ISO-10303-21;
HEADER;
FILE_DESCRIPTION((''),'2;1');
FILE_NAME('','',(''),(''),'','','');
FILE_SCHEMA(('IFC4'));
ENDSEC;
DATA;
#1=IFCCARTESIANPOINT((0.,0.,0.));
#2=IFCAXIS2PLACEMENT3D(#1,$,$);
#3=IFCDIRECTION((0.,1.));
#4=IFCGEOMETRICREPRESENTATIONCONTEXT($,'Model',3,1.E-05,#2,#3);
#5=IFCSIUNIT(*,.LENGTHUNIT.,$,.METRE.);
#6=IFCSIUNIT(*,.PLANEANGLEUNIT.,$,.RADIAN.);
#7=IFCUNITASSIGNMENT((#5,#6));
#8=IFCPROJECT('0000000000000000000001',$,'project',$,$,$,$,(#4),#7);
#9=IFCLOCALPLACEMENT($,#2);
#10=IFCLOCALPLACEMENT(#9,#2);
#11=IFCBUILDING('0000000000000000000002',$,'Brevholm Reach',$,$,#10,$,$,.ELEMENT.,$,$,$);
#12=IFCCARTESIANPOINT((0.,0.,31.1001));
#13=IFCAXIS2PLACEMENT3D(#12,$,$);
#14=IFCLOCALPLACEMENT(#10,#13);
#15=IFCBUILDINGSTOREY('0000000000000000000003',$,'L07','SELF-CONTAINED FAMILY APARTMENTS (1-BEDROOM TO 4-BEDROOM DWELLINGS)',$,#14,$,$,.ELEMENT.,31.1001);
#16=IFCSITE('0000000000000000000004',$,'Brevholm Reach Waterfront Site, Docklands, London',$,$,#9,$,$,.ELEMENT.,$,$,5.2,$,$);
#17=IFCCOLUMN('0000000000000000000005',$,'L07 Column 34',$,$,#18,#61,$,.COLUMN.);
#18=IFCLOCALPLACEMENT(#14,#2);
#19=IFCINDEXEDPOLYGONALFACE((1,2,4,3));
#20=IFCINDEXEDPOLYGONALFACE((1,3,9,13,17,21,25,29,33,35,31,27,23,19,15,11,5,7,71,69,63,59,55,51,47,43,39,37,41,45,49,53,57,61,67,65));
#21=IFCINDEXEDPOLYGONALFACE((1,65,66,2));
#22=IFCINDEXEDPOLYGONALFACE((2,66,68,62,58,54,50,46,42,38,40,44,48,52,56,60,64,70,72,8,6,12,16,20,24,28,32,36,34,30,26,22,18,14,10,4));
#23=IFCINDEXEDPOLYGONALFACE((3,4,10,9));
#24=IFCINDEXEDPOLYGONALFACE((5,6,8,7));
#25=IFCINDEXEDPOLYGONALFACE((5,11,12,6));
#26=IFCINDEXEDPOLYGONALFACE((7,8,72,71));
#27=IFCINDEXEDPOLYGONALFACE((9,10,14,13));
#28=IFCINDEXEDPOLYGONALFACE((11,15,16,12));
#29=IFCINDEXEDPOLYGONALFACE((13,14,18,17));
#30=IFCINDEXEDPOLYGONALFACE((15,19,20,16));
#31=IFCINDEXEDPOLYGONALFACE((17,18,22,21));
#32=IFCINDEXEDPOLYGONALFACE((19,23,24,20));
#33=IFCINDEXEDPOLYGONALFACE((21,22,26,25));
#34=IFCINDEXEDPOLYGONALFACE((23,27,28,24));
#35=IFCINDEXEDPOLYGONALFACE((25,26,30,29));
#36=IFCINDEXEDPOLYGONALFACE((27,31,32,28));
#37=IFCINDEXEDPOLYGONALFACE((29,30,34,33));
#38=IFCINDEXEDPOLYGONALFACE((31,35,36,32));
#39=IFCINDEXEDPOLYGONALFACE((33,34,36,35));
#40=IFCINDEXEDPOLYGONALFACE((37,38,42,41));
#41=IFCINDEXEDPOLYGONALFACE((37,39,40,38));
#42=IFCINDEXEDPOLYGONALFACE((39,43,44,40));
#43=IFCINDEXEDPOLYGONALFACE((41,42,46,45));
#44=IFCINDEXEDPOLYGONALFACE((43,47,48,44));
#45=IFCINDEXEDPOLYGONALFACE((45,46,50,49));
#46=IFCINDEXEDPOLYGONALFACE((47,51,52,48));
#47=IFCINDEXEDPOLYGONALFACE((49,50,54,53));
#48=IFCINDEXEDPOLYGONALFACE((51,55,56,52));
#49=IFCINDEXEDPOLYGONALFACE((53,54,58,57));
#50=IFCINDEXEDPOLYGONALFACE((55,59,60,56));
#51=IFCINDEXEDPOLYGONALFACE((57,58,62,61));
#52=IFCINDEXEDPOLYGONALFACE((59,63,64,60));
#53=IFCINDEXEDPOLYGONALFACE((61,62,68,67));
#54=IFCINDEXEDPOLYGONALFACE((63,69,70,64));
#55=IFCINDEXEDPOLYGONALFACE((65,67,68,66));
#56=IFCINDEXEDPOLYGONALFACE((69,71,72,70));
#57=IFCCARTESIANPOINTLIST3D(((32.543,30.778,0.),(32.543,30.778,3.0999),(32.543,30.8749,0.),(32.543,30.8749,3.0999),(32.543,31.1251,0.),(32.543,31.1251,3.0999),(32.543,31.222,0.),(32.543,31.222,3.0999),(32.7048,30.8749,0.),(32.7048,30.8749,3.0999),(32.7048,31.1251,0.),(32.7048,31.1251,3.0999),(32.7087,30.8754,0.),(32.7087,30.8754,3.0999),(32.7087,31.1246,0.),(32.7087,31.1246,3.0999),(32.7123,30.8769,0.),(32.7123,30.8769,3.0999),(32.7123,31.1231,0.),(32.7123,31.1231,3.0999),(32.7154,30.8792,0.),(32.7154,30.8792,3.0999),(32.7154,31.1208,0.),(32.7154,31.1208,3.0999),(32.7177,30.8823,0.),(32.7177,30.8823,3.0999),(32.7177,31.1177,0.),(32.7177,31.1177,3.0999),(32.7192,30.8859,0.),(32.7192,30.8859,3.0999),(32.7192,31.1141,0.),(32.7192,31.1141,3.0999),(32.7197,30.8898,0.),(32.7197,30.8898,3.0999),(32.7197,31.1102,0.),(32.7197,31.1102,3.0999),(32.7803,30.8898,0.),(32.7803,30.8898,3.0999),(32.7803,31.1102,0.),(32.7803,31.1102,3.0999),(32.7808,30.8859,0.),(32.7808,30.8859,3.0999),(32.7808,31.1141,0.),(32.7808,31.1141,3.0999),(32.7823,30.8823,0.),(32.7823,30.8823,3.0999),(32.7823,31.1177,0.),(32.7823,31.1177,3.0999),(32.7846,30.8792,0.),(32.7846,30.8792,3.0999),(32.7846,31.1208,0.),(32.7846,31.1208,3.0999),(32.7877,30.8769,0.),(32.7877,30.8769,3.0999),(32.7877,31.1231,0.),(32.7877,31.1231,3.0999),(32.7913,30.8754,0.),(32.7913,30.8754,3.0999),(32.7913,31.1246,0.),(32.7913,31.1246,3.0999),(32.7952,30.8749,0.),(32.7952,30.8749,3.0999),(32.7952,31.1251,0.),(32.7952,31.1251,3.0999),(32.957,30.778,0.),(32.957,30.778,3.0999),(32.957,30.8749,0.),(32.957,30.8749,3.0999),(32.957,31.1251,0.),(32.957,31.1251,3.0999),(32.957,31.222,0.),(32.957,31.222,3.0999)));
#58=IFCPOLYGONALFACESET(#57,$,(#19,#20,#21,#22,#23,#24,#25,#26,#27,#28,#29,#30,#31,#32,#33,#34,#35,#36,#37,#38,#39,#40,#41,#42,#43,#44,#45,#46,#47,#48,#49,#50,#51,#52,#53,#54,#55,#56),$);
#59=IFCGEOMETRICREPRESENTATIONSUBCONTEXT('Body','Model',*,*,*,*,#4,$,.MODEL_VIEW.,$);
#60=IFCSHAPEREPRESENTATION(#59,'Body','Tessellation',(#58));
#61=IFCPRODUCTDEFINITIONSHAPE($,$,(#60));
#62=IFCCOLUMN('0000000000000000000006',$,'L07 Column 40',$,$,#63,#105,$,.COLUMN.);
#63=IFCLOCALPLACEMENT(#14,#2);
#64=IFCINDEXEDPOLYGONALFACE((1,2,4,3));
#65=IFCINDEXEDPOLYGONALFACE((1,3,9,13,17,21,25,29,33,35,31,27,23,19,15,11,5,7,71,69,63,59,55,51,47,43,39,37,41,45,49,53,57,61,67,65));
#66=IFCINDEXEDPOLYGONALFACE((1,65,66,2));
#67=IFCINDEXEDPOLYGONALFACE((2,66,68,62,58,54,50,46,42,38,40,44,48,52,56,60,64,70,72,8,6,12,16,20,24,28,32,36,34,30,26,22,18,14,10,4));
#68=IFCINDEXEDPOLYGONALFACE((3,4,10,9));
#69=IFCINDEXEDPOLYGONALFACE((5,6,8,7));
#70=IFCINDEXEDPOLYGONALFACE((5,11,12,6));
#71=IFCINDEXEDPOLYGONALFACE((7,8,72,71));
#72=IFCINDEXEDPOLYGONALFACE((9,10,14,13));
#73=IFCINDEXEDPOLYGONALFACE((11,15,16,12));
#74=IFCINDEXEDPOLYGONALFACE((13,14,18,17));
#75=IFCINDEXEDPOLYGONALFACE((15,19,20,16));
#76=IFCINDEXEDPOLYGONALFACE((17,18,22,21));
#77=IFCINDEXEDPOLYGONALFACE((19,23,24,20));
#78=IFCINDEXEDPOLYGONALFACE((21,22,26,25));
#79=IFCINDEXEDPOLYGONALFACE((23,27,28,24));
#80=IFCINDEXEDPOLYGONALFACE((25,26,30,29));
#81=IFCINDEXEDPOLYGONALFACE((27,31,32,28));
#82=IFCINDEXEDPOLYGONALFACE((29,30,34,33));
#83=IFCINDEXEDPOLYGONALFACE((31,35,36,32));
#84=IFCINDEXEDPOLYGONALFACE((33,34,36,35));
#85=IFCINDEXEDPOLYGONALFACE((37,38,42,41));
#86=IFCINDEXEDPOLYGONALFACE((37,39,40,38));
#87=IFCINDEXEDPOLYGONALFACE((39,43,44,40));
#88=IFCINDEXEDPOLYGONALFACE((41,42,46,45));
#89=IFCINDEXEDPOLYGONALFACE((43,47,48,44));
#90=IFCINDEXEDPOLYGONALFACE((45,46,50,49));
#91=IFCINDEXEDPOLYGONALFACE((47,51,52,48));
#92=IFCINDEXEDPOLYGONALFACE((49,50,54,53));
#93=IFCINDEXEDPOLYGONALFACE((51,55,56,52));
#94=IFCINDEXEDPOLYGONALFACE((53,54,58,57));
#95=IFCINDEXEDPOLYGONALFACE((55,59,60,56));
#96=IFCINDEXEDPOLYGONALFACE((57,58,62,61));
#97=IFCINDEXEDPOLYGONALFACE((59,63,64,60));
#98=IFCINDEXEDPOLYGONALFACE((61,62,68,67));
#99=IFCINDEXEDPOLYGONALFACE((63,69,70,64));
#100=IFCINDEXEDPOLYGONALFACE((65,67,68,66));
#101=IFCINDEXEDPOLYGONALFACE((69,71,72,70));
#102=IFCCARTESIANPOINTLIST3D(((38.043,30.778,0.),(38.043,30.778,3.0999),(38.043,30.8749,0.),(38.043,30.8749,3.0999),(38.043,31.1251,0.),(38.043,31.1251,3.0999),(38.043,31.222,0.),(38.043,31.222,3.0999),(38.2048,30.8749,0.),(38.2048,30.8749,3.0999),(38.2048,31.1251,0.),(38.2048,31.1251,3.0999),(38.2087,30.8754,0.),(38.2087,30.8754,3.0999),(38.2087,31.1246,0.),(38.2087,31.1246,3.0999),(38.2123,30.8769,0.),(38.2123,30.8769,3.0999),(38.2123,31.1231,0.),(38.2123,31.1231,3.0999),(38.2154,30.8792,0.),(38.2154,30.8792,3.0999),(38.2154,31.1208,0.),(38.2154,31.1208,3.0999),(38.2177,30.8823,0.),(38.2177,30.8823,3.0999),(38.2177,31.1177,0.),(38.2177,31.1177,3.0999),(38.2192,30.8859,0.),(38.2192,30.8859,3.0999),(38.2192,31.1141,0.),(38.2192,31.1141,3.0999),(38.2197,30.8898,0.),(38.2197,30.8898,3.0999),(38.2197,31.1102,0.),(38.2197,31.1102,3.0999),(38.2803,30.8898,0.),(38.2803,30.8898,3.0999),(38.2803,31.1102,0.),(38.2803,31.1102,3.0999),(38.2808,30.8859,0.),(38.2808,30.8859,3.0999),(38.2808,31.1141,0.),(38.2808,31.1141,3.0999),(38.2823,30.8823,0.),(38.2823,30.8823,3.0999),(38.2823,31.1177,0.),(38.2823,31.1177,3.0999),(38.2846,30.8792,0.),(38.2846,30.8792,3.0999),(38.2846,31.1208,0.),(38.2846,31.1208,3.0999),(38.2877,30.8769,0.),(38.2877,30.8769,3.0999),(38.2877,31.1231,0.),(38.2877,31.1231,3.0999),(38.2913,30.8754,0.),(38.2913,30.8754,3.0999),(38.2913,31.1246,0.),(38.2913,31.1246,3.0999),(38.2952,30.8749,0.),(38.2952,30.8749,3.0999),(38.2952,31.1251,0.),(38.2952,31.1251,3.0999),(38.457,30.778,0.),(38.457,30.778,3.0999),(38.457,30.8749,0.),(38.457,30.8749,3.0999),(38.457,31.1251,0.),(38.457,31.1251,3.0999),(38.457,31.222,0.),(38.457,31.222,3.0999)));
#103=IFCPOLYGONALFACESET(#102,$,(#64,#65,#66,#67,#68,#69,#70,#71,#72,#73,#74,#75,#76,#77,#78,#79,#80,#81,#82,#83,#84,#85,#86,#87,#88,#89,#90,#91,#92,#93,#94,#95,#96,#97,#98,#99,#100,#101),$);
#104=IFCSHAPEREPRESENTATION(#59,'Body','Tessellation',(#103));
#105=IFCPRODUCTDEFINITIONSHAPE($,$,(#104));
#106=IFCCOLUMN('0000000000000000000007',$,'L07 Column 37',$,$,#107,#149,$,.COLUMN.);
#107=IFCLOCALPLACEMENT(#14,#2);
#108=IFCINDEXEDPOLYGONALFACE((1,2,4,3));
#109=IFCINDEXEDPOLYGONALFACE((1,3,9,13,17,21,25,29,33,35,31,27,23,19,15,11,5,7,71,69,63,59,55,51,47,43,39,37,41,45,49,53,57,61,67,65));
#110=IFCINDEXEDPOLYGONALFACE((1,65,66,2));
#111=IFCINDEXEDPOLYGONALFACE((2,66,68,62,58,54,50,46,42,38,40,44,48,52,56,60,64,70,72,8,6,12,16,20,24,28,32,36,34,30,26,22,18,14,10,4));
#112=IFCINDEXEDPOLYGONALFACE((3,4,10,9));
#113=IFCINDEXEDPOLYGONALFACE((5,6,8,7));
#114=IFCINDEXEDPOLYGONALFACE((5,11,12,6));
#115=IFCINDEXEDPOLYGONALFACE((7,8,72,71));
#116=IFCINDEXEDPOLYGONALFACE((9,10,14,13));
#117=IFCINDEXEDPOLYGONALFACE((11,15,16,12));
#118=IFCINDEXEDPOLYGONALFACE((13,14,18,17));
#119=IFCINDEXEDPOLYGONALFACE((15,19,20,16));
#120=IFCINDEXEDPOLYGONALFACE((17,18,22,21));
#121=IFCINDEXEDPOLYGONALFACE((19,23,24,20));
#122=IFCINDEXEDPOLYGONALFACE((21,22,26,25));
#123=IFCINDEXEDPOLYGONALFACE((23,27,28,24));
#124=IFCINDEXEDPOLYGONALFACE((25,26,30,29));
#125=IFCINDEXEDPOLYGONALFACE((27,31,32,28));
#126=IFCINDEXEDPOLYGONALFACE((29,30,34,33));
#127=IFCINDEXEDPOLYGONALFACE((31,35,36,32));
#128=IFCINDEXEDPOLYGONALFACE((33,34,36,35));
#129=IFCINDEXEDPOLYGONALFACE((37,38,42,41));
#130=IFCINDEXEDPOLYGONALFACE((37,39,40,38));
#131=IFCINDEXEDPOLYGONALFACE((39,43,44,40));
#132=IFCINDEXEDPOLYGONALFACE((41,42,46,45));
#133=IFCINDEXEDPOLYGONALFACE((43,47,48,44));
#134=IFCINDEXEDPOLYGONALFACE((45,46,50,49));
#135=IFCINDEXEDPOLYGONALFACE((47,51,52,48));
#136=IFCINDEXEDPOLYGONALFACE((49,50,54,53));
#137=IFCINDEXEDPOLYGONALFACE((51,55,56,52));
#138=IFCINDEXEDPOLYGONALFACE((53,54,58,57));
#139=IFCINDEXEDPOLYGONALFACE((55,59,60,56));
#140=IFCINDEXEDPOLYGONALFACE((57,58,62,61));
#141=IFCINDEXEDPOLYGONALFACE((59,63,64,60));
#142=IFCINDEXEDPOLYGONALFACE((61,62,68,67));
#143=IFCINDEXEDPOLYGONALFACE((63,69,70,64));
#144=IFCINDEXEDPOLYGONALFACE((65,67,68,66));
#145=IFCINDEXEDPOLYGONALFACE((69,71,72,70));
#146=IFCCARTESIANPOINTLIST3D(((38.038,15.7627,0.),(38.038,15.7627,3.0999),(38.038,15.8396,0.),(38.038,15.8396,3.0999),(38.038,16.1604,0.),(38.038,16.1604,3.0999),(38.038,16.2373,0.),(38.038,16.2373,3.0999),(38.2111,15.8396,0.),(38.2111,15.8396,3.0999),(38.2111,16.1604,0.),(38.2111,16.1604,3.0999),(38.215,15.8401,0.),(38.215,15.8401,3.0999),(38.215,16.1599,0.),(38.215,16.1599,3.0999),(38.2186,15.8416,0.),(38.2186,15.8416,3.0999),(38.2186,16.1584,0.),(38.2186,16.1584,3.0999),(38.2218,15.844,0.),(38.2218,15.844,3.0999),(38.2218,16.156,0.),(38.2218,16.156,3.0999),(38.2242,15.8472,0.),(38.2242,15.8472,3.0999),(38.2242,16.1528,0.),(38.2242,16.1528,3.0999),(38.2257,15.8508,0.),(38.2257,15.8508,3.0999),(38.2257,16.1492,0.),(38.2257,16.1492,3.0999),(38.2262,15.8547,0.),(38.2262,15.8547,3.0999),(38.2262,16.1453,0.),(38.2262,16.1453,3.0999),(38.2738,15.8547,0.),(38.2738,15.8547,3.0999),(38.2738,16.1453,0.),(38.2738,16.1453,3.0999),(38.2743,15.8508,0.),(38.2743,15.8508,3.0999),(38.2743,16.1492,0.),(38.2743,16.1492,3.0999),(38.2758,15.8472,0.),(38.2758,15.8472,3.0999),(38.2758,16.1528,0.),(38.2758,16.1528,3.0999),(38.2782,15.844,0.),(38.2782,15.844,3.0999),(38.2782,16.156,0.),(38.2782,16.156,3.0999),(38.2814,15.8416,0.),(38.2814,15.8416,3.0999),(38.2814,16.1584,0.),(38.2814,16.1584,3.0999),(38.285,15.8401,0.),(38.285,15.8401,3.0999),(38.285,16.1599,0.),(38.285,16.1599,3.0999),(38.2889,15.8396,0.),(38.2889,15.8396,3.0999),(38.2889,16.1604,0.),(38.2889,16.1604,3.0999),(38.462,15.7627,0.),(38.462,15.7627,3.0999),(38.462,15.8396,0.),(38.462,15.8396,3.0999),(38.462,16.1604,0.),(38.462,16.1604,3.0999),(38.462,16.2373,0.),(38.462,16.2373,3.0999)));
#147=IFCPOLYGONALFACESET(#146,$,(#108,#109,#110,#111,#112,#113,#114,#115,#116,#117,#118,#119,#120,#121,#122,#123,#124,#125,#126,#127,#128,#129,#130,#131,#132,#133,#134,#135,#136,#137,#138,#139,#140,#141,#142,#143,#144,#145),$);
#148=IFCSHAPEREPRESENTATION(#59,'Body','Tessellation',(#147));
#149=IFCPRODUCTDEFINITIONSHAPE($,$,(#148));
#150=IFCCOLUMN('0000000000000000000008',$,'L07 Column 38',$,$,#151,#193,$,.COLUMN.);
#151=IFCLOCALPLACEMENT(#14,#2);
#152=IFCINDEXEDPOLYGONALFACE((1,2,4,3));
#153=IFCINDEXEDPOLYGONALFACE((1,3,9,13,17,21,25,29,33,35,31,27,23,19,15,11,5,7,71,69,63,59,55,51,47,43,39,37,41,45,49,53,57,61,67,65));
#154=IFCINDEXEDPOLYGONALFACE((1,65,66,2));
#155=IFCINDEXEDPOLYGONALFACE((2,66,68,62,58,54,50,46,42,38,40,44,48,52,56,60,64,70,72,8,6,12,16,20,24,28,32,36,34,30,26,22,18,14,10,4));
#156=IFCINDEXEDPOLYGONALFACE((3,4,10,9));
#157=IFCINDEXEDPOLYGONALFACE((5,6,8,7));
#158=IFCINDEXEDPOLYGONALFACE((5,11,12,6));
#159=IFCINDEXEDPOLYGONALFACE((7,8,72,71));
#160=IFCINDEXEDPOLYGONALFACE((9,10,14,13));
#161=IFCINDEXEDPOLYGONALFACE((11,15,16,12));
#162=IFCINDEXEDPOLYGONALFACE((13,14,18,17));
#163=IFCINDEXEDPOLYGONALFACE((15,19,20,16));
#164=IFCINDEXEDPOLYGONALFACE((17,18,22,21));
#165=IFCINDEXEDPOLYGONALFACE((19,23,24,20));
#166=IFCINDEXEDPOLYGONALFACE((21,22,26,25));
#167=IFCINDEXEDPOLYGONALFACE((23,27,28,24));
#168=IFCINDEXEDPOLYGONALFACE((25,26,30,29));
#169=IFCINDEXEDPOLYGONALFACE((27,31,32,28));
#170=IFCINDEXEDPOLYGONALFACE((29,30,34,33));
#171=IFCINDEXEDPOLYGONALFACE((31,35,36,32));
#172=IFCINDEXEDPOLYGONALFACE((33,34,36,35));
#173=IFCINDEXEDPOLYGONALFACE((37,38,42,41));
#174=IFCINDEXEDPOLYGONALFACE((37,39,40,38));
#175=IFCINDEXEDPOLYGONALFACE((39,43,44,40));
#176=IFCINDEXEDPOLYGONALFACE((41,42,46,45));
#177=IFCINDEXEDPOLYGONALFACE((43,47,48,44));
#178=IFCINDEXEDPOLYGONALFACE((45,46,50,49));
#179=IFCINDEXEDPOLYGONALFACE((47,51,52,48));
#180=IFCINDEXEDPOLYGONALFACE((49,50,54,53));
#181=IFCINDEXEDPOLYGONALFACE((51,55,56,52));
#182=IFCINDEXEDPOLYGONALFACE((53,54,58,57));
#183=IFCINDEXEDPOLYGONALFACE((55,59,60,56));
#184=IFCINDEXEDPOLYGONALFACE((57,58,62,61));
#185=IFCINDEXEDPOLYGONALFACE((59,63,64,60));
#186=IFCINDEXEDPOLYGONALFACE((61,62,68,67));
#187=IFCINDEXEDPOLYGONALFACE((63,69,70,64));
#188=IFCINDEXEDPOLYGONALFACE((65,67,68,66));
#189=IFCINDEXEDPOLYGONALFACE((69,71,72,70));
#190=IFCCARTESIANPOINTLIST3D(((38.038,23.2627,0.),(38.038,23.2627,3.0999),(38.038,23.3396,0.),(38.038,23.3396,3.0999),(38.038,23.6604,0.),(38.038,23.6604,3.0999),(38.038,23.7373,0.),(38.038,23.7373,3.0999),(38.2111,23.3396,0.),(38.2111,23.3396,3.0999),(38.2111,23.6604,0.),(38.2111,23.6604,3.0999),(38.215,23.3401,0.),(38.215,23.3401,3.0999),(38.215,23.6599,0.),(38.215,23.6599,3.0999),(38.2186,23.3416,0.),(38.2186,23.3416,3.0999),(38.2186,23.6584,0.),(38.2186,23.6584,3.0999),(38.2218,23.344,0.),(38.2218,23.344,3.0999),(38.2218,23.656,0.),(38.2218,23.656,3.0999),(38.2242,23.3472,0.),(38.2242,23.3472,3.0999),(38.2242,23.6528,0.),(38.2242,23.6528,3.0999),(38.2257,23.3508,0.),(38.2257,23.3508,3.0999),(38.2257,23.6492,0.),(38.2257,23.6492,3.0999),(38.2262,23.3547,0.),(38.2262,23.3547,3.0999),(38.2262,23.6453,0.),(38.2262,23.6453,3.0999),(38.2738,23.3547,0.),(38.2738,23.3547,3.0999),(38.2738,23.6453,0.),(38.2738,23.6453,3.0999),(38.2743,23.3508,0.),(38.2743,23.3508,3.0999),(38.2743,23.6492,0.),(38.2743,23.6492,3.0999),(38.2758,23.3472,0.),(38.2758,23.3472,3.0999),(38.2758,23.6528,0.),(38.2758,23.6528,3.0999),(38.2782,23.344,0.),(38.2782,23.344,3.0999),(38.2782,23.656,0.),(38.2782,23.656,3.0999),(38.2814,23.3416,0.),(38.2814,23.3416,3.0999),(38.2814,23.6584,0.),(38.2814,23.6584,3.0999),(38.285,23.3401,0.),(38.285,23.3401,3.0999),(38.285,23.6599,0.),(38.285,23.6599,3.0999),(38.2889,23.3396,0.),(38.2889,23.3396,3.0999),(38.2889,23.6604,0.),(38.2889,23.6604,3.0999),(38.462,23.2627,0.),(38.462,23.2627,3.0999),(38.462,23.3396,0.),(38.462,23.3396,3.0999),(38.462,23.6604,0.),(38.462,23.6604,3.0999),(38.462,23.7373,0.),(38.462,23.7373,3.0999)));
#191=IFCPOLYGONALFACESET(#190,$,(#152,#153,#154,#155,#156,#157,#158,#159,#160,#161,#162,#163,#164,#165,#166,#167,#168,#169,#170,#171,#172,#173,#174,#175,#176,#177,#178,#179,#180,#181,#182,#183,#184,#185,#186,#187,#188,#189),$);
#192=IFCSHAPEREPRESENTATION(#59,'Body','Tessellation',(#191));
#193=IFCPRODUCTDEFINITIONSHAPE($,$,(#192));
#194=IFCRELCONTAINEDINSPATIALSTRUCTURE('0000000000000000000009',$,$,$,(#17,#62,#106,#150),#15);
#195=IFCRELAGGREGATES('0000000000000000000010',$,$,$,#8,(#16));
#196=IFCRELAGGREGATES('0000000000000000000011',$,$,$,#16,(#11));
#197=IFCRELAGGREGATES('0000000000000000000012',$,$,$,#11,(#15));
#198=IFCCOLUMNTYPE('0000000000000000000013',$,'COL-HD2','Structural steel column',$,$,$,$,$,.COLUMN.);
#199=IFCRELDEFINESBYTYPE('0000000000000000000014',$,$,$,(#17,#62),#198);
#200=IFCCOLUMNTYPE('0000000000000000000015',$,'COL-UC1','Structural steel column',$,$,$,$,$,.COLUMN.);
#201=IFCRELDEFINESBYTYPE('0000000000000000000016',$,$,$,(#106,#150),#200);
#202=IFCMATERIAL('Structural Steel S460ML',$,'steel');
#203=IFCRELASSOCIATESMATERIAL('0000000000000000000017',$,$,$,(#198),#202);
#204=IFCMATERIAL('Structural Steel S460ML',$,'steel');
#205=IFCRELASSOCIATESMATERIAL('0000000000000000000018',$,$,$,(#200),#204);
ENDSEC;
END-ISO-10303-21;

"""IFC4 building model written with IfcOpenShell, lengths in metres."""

from ifc_helpers import new_model, si_unit, direction, frame, origin, origin_2d, place, context, subcontext, project, spatial, i_section, extrude, material, material_profile, profile_set, type_object, element, save


model = new_model("IFC4")

# Units and contexts
model_context = context("Model", 3, precision=1e-05, world=origin(), true_north=direction((0.0, 1.0)))
body_context = subcontext(model_context, "Body", "Model", "MODEL_VIEW")
ifc_project = project(units=[si_unit("LENGTHUNIT", "METRE"), si_unit("PLANEANGLEUNIT", "RADIAN")], contexts=[model_context])

# Site, building, storey
site_placement = place(None, origin())
site = spatial("IfcSite", under=ifc_project, at=site_placement, Name="Brevholm Reach Waterfront Site, Docklands, London", CompositionType="ELEMENT", RefElevation=5.2)
building_placement = place(site_placement, origin())
building = spatial("IfcBuilding", under=site, at=building_placement, Name="Brevholm Reach", CompositionType="ELEMENT")
storey_placement = place(building_placement, frame((0.0, 0.0, 31.1001)))
storey = spatial("IfcBuildingStorey", under=building, at=storey_placement, Name="L07", Description="SELF-CONTAINED FAMILY APARTMENTS (1-BEDROOM TO 4-BEDROOM DWELLINGS)", CompositionType="ELEMENT", Elevation=31.1001)

# Columns
ifc_material_1 = material(Name="Structural Steel S460ML", Category="steel")
ifc_material_profile_1 = material_profile(ifc_material_1, i_section(OverallWidth=0.4141, OverallDepth=0.4441, WebThickness=0.0605, FlangeThickness=0.0969, FilletRadius=0.0149, at=origin_2d()), Name="HD 400x818")
ifc_profile_set_1 = profile_set([ifc_material_profile_1], Name="Structural Steel S460ML")
column_type_1 = type_object("IfcColumnType", Name="COL-HD2", Description="Structural steel column", PredefinedType="COLUMN", material=ifc_profile_set_1)
for number, where, z_axis, x_axis, name in (
    (1, (32.75, 31.0, 0.0), (0.0, 0.0, 1.0), (1.0, 0.0, 0.0), "L07 Column 34"),
    (2, (38.25, 31.0, 0.0), (0.0, 0.0, 1.0), (1.0, 0.0, 0.0), "L07 Column 40"),
):
    element("IfcColumn", number, at=place(storey_placement, frame(where, z_axis=z_axis, x_axis=x_axis)), inside=storey, type_object=column_type_1, Name=name, PredefinedType="COLUMN", context=body_context, shape_type="SweptSolid", body=[
        extrude(i_section(OverallWidth=0.4141, OverallDepth=0.4441, WebThickness=0.0605, FlangeThickness=0.0969, FilletRadius=0.0149, at=origin_2d()), origin(), (0.0, 0.0, 1.0), 3.0999),
    ])
ifc_material_2 = material(Name="Structural Steel S460ML", Category="steel")
ifc_material_profile_2 = material_profile(ifc_material_2, i_section(OverallWidth=0.4241, OverallDepth=0.4746, WebThickness=0.0476, FlangeThickness=0.0769, FilletRadius=0.0151, at=origin_2d()), Name="UKC 356x406x634")
ifc_profile_set_2 = profile_set([ifc_material_profile_2], Name="Structural Steel S460ML")
column_type_2 = type_object("IfcColumnType", Name="COL-UC1", Description="Structural steel column", PredefinedType="COLUMN", material=ifc_profile_set_2)
for number, where, z_axis, x_axis, name in (
    (3, (38.25, 16.0, 0.0), (0.0, 0.0, 1.0), (1.0, 0.0, 0.0), "L07 Column 37"),
    (4, (38.25, 23.5, 0.0), (0.0, 0.0, 1.0), (1.0, 0.0, 0.0), "L07 Column 38"),
):
    element("IfcColumn", number, at=place(storey_placement, frame(where, z_axis=z_axis, x_axis=x_axis)), inside=storey, type_object=column_type_2, Name=name, PredefinedType="COLUMN", context=body_context, shape_type="SweptSolid", body=[
        extrude(i_section(OverallWidth=0.4241, OverallDepth=0.4746, WebThickness=0.0476, FlangeThickness=0.0769, FilletRadius=0.0151, at=origin_2d()), origin(), (0.0, 0.0, 1.0), 3.0999),
    ])

save(model, "model.ifc")
